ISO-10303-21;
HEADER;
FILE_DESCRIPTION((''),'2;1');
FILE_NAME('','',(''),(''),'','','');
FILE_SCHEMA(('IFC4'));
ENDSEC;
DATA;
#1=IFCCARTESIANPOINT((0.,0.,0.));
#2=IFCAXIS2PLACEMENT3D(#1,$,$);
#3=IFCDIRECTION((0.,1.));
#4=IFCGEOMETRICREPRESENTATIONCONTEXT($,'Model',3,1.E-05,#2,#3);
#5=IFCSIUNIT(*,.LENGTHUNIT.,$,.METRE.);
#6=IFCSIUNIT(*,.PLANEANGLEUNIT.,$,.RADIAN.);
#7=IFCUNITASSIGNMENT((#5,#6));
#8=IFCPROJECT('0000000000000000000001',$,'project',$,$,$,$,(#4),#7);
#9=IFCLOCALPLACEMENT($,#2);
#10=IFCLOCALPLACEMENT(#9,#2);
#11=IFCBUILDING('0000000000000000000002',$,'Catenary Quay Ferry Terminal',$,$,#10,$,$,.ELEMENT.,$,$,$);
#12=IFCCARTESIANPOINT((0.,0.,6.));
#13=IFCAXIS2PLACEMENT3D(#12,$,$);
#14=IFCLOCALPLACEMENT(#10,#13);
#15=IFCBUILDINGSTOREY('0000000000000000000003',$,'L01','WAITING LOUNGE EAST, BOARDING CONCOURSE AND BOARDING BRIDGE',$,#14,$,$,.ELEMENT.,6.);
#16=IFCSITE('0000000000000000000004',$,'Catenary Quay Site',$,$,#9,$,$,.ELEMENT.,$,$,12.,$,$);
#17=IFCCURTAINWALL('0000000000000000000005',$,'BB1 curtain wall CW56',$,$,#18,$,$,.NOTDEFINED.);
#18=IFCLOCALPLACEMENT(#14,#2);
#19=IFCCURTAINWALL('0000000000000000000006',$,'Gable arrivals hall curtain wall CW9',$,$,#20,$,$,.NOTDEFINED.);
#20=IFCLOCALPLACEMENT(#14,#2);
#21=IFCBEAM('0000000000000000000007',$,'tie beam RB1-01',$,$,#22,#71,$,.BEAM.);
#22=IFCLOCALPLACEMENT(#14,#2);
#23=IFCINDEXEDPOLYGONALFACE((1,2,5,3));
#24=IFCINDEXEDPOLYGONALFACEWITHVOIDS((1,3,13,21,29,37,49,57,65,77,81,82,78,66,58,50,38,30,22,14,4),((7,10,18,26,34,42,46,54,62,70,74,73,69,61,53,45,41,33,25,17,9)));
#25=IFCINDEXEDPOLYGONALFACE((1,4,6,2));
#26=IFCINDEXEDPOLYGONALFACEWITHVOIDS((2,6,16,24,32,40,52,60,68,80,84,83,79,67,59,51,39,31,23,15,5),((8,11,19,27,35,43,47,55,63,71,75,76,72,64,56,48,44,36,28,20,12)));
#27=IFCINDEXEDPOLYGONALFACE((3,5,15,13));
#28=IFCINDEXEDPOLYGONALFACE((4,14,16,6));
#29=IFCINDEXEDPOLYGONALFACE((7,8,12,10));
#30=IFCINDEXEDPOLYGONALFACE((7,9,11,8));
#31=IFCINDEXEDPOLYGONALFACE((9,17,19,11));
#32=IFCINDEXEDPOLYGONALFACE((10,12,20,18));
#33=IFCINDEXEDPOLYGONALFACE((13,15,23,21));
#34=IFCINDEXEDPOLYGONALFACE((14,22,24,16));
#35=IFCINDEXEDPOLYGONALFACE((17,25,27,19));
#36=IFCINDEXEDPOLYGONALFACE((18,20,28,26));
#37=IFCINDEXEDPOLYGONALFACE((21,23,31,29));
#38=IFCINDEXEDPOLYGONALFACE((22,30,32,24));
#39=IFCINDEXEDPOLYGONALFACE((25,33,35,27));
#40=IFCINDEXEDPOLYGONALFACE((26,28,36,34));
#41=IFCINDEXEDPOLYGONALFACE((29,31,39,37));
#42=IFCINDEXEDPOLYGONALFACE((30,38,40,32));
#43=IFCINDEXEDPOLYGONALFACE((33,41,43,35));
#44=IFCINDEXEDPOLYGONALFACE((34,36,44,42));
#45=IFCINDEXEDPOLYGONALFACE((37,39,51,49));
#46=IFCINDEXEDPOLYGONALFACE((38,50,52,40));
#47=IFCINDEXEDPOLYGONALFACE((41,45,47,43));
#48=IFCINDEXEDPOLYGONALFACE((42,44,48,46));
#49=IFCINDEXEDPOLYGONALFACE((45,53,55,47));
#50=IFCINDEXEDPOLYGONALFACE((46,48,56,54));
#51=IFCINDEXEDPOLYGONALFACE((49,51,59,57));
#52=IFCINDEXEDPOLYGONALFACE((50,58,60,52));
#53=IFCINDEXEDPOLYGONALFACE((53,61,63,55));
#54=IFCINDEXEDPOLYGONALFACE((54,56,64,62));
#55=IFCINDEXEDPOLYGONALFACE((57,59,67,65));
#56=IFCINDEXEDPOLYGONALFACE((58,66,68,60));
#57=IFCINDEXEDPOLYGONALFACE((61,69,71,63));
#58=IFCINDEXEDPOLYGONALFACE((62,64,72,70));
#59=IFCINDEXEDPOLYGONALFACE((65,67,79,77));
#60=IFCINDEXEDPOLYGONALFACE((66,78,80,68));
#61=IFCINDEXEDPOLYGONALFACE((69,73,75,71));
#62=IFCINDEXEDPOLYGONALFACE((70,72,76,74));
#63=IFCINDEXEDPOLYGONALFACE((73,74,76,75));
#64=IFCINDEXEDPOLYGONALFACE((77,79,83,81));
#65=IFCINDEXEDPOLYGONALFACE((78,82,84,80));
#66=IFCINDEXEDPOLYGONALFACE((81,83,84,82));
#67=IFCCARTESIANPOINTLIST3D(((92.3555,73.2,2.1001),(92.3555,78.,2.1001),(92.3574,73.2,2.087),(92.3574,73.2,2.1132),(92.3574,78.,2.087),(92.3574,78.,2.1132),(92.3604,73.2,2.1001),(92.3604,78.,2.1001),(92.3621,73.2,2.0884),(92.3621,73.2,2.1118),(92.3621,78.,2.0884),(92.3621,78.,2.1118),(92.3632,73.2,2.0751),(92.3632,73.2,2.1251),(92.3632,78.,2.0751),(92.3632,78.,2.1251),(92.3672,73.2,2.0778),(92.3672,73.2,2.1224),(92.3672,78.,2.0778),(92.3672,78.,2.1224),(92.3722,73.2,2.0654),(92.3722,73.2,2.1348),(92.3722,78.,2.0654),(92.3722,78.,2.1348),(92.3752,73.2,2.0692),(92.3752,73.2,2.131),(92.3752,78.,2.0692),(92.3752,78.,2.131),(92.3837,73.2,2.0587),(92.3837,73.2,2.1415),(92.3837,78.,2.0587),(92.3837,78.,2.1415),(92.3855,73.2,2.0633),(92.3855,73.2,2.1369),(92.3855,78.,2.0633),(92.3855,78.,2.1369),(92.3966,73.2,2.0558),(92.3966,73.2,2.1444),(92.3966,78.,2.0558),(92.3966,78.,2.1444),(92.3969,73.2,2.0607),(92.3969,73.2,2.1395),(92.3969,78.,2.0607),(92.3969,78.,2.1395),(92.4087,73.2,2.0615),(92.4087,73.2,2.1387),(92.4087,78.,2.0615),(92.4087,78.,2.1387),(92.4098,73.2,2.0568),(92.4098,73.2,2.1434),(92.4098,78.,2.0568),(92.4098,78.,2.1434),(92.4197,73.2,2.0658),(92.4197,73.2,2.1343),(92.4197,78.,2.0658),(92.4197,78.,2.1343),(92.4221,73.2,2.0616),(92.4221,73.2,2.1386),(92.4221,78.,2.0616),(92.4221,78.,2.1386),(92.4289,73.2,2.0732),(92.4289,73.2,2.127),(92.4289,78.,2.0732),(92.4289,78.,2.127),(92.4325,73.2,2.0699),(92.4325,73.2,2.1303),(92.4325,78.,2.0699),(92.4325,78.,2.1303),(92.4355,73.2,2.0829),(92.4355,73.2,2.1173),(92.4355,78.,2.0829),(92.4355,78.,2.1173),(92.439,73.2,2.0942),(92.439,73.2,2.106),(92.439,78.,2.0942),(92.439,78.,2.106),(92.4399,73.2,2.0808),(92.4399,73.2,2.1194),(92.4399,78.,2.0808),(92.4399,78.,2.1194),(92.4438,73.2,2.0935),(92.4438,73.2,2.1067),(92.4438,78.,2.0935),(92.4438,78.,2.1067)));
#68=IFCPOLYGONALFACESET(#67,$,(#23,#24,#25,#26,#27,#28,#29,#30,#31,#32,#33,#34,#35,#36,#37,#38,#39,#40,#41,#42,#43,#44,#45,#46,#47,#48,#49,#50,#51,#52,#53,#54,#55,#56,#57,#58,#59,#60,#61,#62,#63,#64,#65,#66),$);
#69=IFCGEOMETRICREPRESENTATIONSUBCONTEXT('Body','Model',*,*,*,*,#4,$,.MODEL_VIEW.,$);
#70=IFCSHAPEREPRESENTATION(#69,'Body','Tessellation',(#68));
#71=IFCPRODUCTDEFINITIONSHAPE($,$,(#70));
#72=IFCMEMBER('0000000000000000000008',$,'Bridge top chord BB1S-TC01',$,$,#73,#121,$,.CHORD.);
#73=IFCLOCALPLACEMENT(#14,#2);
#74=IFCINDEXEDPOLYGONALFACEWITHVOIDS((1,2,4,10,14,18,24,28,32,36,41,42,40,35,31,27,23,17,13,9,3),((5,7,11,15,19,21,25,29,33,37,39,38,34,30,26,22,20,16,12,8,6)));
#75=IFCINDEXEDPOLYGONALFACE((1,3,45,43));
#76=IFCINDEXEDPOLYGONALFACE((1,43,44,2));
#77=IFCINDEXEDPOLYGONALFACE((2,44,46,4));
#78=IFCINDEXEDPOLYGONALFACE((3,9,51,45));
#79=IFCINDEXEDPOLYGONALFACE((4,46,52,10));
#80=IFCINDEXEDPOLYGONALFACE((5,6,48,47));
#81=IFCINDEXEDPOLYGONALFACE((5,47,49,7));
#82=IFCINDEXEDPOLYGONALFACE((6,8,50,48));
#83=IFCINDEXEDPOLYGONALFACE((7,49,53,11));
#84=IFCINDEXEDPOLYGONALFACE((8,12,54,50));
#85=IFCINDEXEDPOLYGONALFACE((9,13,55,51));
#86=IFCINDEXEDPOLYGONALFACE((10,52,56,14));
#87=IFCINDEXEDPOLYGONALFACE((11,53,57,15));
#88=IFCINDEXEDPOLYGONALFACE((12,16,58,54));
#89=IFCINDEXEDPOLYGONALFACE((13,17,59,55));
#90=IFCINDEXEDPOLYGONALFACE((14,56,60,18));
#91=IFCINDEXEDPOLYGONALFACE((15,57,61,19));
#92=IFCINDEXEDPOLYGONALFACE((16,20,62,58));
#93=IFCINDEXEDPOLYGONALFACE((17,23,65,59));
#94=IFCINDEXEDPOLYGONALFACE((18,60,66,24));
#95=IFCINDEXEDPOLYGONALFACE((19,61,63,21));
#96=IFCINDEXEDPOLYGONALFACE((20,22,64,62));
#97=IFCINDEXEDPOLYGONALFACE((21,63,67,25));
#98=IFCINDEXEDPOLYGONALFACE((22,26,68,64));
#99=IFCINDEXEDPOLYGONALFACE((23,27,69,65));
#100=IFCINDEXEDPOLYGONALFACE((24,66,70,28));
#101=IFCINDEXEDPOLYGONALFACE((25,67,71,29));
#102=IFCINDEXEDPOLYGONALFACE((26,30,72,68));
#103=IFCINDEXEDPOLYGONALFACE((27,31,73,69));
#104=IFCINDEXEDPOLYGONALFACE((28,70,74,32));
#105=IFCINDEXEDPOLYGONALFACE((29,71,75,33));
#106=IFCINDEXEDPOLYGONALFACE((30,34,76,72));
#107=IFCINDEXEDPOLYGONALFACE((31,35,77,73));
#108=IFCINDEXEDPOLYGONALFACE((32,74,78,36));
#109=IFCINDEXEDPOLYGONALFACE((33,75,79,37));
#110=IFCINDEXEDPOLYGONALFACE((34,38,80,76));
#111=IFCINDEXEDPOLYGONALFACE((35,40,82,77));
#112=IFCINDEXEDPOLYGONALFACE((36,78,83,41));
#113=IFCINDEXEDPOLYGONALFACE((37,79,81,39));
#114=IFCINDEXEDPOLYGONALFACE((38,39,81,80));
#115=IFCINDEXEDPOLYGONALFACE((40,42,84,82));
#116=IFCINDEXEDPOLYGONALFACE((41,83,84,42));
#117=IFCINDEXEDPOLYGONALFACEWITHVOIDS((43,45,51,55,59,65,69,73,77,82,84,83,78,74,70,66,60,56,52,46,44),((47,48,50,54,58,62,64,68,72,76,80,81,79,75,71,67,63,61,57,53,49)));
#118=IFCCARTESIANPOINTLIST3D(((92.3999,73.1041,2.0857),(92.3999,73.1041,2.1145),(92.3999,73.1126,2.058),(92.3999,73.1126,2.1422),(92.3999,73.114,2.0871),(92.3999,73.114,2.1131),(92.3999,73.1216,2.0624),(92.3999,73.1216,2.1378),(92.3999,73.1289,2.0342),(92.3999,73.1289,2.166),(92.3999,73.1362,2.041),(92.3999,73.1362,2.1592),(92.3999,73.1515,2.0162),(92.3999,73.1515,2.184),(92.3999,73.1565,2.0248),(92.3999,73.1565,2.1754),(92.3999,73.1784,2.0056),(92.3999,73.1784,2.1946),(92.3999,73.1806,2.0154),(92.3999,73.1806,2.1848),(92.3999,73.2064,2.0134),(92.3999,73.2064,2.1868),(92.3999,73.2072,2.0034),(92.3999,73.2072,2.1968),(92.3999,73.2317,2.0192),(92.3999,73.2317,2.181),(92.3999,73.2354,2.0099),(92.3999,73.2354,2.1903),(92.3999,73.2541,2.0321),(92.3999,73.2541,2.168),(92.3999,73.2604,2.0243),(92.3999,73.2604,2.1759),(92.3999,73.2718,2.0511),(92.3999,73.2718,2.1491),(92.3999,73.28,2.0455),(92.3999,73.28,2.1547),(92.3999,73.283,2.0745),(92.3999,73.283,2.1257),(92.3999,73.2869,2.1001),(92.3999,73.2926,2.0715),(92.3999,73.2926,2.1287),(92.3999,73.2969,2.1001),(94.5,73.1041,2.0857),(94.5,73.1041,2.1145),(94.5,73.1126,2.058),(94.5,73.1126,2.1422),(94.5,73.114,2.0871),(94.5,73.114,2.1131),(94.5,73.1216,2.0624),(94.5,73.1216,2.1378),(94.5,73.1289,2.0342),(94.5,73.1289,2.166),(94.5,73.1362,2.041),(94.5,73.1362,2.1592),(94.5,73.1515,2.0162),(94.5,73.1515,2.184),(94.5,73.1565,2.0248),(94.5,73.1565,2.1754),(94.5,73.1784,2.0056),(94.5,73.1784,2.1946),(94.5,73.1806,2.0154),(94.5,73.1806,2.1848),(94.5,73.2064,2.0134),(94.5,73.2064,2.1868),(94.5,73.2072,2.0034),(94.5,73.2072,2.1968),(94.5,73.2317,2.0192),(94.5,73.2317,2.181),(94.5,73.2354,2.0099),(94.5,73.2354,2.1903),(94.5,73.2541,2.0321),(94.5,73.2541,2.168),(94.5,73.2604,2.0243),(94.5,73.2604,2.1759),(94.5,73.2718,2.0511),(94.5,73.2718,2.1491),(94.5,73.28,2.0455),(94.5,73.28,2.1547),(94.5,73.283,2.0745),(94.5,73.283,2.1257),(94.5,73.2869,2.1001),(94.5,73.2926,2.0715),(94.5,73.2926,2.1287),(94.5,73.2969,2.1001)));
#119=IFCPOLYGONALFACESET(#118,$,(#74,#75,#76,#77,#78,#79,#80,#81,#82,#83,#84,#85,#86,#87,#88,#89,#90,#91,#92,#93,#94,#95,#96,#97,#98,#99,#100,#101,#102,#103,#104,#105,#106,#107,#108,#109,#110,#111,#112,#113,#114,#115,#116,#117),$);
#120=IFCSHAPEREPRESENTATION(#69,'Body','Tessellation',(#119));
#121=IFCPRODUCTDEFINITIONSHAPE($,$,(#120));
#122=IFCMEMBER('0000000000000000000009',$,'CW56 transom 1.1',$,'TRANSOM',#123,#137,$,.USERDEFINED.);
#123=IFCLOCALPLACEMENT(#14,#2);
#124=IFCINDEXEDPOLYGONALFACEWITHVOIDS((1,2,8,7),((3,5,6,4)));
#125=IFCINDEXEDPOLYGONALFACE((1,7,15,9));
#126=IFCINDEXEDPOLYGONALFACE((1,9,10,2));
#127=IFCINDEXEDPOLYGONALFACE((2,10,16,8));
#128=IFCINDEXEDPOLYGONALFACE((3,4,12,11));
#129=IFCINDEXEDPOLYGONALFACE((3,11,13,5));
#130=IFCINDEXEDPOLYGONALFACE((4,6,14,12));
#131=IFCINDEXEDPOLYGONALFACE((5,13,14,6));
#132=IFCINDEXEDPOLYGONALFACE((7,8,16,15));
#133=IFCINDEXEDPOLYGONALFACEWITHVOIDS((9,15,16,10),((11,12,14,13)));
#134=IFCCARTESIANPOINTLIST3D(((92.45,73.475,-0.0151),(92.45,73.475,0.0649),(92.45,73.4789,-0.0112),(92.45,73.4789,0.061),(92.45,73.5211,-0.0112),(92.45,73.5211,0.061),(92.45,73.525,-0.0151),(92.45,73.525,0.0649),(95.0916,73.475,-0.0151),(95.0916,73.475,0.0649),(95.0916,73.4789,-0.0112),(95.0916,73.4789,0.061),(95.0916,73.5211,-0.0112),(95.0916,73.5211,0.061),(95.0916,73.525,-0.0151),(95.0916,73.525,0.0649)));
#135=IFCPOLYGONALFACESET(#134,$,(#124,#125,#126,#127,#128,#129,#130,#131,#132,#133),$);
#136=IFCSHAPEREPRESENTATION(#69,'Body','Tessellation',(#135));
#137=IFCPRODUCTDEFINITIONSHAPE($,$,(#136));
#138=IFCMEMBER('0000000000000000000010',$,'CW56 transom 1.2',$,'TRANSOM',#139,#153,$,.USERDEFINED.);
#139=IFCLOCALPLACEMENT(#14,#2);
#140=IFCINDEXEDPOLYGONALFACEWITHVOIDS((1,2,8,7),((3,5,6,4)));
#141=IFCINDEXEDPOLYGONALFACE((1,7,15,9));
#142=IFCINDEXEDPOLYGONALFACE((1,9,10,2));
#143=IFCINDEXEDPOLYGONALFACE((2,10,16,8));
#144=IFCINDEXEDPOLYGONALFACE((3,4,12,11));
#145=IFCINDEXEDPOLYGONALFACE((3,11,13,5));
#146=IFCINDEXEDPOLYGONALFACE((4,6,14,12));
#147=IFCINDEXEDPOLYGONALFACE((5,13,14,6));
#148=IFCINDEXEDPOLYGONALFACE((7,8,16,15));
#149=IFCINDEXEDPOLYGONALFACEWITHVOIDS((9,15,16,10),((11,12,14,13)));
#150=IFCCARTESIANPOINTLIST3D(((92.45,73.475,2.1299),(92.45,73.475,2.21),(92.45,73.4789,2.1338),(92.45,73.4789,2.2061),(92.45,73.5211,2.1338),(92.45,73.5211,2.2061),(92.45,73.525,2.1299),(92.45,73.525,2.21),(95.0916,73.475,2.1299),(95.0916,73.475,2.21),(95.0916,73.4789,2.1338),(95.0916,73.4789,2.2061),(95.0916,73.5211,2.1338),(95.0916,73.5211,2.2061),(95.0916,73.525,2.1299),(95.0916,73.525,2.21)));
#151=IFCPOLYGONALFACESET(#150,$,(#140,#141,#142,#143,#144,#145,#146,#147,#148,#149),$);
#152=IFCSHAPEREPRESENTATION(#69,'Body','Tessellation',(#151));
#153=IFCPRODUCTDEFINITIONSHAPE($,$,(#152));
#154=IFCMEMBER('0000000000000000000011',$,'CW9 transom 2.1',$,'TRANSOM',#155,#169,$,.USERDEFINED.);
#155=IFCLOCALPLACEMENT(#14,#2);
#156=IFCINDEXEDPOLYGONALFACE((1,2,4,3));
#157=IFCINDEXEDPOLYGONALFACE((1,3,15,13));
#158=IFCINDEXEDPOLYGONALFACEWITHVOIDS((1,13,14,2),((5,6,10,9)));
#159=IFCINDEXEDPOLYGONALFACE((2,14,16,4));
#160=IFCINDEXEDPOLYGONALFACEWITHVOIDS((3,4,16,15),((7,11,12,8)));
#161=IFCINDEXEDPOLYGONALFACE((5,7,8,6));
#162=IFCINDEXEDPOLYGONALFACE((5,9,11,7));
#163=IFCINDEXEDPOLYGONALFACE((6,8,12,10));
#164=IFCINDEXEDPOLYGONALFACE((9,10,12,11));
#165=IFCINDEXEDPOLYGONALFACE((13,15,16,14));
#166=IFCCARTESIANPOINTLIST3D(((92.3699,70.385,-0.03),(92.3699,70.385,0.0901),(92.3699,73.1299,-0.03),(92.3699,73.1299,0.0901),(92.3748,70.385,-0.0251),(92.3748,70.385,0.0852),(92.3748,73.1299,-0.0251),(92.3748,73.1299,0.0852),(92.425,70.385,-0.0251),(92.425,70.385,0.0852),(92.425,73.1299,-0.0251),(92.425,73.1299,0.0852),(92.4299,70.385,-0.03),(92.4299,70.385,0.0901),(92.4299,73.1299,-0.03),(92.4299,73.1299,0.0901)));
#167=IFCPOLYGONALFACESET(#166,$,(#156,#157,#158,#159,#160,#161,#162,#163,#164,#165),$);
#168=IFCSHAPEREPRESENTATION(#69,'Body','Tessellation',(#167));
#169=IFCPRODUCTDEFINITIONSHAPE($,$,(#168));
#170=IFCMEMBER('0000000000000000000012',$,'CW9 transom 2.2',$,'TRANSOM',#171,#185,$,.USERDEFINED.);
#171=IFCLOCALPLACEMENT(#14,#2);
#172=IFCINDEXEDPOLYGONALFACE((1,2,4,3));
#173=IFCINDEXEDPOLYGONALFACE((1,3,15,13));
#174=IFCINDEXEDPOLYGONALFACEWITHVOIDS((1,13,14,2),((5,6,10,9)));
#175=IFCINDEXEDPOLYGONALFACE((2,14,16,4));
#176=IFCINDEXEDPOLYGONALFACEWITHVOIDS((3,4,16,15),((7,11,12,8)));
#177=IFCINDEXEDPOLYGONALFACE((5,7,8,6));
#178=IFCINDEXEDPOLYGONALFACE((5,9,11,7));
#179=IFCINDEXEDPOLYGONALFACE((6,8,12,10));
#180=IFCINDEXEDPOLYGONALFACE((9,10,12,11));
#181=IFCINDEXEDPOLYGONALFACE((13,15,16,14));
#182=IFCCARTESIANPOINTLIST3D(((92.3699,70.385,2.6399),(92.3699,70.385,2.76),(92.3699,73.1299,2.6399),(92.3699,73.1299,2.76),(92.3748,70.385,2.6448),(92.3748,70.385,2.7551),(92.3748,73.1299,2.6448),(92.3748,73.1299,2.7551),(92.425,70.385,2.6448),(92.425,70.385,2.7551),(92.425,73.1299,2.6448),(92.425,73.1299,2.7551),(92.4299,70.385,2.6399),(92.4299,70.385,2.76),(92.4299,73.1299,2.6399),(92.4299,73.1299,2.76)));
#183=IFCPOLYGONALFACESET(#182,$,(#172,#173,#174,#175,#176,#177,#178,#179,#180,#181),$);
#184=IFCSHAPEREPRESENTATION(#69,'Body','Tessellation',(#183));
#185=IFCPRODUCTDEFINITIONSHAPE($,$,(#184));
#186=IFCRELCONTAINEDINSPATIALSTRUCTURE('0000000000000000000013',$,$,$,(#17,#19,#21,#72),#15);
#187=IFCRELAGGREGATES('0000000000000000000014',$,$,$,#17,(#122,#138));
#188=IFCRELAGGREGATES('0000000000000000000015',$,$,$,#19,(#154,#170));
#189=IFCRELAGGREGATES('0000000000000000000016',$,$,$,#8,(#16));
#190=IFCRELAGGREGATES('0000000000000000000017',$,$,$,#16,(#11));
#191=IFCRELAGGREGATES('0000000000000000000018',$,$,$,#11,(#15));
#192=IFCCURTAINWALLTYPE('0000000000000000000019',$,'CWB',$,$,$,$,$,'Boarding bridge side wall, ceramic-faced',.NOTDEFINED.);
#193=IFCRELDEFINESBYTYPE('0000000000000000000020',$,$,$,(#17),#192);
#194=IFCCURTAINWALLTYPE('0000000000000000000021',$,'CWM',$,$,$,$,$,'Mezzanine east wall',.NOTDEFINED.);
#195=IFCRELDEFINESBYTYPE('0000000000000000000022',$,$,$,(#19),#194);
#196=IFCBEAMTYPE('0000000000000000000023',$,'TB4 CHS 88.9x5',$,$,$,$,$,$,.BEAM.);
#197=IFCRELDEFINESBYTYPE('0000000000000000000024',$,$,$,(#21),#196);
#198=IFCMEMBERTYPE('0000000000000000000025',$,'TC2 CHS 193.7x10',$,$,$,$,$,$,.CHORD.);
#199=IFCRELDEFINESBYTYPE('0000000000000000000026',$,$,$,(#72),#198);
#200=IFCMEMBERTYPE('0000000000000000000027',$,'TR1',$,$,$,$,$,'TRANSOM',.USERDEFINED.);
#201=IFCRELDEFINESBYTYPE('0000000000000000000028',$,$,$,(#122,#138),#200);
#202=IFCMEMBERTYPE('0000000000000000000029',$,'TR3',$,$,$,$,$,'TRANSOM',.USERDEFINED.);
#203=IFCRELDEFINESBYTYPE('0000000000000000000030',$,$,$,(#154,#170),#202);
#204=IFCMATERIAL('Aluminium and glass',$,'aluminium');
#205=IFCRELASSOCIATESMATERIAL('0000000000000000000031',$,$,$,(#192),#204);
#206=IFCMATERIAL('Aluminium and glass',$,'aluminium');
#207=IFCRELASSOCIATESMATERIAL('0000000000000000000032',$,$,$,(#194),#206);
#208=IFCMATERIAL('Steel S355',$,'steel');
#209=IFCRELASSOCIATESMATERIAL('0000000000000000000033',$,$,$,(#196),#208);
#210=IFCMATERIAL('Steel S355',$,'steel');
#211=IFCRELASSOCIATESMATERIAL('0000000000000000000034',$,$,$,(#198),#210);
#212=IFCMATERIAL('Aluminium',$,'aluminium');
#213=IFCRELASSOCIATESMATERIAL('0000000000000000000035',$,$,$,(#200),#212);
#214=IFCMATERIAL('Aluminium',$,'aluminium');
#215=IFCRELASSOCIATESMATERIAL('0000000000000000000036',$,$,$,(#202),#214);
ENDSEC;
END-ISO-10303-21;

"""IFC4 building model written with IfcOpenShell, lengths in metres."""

from ifc_helpers import new_model, si_unit, direction, frame, origin, origin_2d, place, context, subcontext, project, spatial, hollow_rectangle, hollow_circle, extrude, material, material_profile, profile_set, type_object, element, aggregate, save


model = new_model("IFC4")

# Units and contexts
model_context = context("Model", 3, precision=1e-05, world=origin(), true_north=direction((0.0, 1.0)))
body_context = subcontext(model_context, "Body", "Model", "MODEL_VIEW")
ifc_project = project(units=[si_unit("LENGTHUNIT", "METRE"), si_unit("PLANEANGLEUNIT", "RADIAN")], contexts=[model_context])

# Site, building, storey
site_placement = place(None, origin())
site = spatial("IfcSite", under=ifc_project, at=site_placement, Name="Catenary Quay Site", CompositionType="ELEMENT", RefElevation=12.0)
building_placement = place(site_placement, origin())
building = spatial("IfcBuilding", under=site, at=building_placement, Name="Catenary Quay Ferry Terminal", CompositionType="ELEMENT")
storey_placement = place(building_placement, frame((0.0, 0.0, 6.0)))
storey = spatial("IfcBuildingStorey", under=building, at=storey_placement, Name="L01", Description="WAITING LOUNGE EAST, BOARDING CONCOURSE AND BOARDING BRIDGE", CompositionType="ELEMENT", Elevation=6.0)

# Curtain wall
ifc_material_1 = material(Name="Aluminium and glass", Category="aluminium")
curtain_wall_type_1 = type_object("IfcCurtainWallType", Name="CWB", ElementType="Boarding bridge side wall, ceramic-faced", PredefinedType="NOTDEFINED", material=ifc_material_1)
curtain_wall_1_placement = place(storey_placement, origin())
curtain_wall_1 = element("IfcCurtainWall", 1, at=curtain_wall_1_placement, inside=storey, type_object=curtain_wall_type_1, Name="BB1 curtain wall CW56", PredefinedType="NOTDEFINED")

# Curtain wall
ifc_material_2 = material(Name="Aluminium and glass", Category="aluminium")
curtain_wall_type_2 = type_object("IfcCurtainWallType", Name="CWM", ElementType="Mezzanine east wall", PredefinedType="NOTDEFINED", material=ifc_material_2)
curtain_wall_2_placement = place(storey_placement, origin())
curtain_wall_2 = element("IfcCurtainWall", 2, at=curtain_wall_2_placement, inside=storey, type_object=curtain_wall_type_2, Name="Gable arrivals hall curtain wall CW9", PredefinedType="NOTDEFINED")

# Beam
ifc_material_3 = material(Name="Steel S355", Category="steel")
ifc_material_profile_1 = material_profile(ifc_material_3, hollow_circle(Radius=0.0444, WallThickness=0.0049, at=origin_2d()), Name="CHS 88.9x5")
ifc_profile_set_1 = profile_set([ifc_material_profile_1], Name="Steel S355")
beam_type_1 = type_object("IfcBeamType", Name="TB4 CHS 88.9x5", PredefinedType="BEAM", material=ifc_profile_set_1)
beam_1_placement = place(storey_placement, frame((92.3999, 73.2, 2.1001), z_axis=(0.0, 1.0, 0.0), x_axis=(-1.0, 0.0, 0.0)))
element("IfcBeam", 3, at=beam_1_placement, inside=storey, type_object=beam_type_1, Name="tie beam RB1-01", PredefinedType="BEAM", context=body_context, shape_type="SweptSolid", body=[
    extrude(hollow_circle(Radius=0.0444, WallThickness=0.0049, at=origin_2d()), origin(), (0.0, 0.0, 1.0), 4.8),
])

# Members
ifc_material_4 = material(Name="Steel S355", Category="steel")
ifc_material_profile_2 = material_profile(ifc_material_4, hollow_circle(Radius=0.0969, WallThickness=0.01, at=origin_2d()), Name="CHS 193.7x10")
ifc_profile_set_2 = profile_set([ifc_material_profile_2], Name="Steel S355")
member_type_1 = type_object("IfcMemberType", Name="TC2 CHS 193.7x10", PredefinedType="CHORD", material=ifc_profile_set_2)
member_1_placement = place(storey_placement, frame((92.3999, 73.2, 2.1001), z_axis=(1.0, 0.0, 0.0), x_axis=(0.0, 1.0, 0.0)))
element("IfcMember", 4, at=member_1_placement, inside=storey, type_object=member_type_1, Name="Bridge top chord BB1S-TC01", PredefinedType="CHORD", context=body_context, shape_type="SweptSolid", body=[
    extrude(hollow_circle(Radius=0.0969, WallThickness=0.01, at=origin_2d()), origin(), (0.0, 0.0, 1.0), 2.1001),
])
ifc_material_5 = material(Name="Aluminium", Category="aluminium")
ifc_material_profile_3 = material_profile(ifc_material_5, hollow_rectangle(XDim=0.05, YDim=0.0801, WallThickness=0.0039, at=origin_2d()), Name="TR1")
ifc_profile_set_3 = profile_set([ifc_material_profile_3], Name="Aluminium")
member_type_2 = type_object("IfcMemberType", Name="TR1", ElementType="TRANSOM", PredefinedType="USERDEFINED", material=ifc_profile_set_3)
member_2_placement = place(storey_placement, frame((92.45, 73.5, 0.0249), z_axis=(1.0, 0.0, 0.0), x_axis=(0.0, 1.0, 0.0)))
member_2 = element("IfcMember", 5, at=member_2_placement, type_object=member_type_2, Name="CW56 transom 1.1", ObjectType="TRANSOM", PredefinedType="USERDEFINED", context=body_context, shape_type="SweptSolid", body=[
    extrude(hollow_rectangle(XDim=0.05, YDim=0.0801, WallThickness=0.0039, at=origin_2d()), origin(), (0.0, 0.0, 1.0), 2.6416),
])
member_3_placement = place(storey_placement, frame((92.45, 73.5, 2.1699), z_axis=(1.0, 0.0, 0.0), x_axis=(0.0, 1.0, 0.0)))
member_3 = element("IfcMember", 6, at=member_3_placement, type_object=member_type_2, Name="CW56 transom 1.2", ObjectType="TRANSOM", PredefinedType="USERDEFINED", context=body_context, shape_type="SweptSolid", body=[
    extrude(hollow_rectangle(XDim=0.05, YDim=0.0801, WallThickness=0.0039, at=origin_2d()), origin(), (0.0, 0.0, 1.0), 2.6416),
])
aggregate(curtain_wall_1, [member_2, member_3])
ifc_material_6 = material(Name="Aluminium", Category="aluminium")
ifc_material_profile_4 = material_profile(ifc_material_6, hollow_rectangle(XDim=0.0601, YDim=0.1201, WallThickness=0.0049, at=origin_2d()), Name="TR3")
ifc_profile_set_4 = profile_set([ifc_material_profile_4], Name="Aluminium")
member_type_3 = type_object("IfcMemberType", Name="TR3", ElementType="TRANSOM", PredefinedType="USERDEFINED", material=ifc_profile_set_4)
member_4_placement = place(storey_placement, frame((92.3999, 70.385, 0.03), z_axis=(0.0, 1.0, 0.0), x_axis=(-1.0, 0.0, 0.0)))
member_4 = element("IfcMember", 7, at=member_4_placement, type_object=member_type_3, Name="CW9 transom 2.1", ObjectType="TRANSOM", PredefinedType="USERDEFINED", context=body_context, shape_type="SweptSolid", body=[
    extrude(hollow_rectangle(XDim=0.0601, YDim=0.1201, WallThickness=0.0049, at=origin_2d()), origin(), (0.0, 0.0, 1.0), 2.7449),
])
member_5_placement = place(storey_placement, frame((92.3999, 70.385, 2.7), z_axis=(0.0, 1.0, 0.0), x_axis=(-1.0, 0.0, 0.0)))
member_5 = element("IfcMember", 8, at=member_5_placement, type_object=member_type_3, Name="CW9 transom 2.2", ObjectType="TRANSOM", PredefinedType="USERDEFINED", context=body_context, shape_type="SweptSolid", body=[
    extrude(hollow_rectangle(XDim=0.0601, YDim=0.1201, WallThickness=0.0049, at=origin_2d()), origin(), (0.0, 0.0, 1.0), 2.7449),
])

aggregate(curtain_wall_2, [member_4, member_5])

save(model, "model.ifc")
